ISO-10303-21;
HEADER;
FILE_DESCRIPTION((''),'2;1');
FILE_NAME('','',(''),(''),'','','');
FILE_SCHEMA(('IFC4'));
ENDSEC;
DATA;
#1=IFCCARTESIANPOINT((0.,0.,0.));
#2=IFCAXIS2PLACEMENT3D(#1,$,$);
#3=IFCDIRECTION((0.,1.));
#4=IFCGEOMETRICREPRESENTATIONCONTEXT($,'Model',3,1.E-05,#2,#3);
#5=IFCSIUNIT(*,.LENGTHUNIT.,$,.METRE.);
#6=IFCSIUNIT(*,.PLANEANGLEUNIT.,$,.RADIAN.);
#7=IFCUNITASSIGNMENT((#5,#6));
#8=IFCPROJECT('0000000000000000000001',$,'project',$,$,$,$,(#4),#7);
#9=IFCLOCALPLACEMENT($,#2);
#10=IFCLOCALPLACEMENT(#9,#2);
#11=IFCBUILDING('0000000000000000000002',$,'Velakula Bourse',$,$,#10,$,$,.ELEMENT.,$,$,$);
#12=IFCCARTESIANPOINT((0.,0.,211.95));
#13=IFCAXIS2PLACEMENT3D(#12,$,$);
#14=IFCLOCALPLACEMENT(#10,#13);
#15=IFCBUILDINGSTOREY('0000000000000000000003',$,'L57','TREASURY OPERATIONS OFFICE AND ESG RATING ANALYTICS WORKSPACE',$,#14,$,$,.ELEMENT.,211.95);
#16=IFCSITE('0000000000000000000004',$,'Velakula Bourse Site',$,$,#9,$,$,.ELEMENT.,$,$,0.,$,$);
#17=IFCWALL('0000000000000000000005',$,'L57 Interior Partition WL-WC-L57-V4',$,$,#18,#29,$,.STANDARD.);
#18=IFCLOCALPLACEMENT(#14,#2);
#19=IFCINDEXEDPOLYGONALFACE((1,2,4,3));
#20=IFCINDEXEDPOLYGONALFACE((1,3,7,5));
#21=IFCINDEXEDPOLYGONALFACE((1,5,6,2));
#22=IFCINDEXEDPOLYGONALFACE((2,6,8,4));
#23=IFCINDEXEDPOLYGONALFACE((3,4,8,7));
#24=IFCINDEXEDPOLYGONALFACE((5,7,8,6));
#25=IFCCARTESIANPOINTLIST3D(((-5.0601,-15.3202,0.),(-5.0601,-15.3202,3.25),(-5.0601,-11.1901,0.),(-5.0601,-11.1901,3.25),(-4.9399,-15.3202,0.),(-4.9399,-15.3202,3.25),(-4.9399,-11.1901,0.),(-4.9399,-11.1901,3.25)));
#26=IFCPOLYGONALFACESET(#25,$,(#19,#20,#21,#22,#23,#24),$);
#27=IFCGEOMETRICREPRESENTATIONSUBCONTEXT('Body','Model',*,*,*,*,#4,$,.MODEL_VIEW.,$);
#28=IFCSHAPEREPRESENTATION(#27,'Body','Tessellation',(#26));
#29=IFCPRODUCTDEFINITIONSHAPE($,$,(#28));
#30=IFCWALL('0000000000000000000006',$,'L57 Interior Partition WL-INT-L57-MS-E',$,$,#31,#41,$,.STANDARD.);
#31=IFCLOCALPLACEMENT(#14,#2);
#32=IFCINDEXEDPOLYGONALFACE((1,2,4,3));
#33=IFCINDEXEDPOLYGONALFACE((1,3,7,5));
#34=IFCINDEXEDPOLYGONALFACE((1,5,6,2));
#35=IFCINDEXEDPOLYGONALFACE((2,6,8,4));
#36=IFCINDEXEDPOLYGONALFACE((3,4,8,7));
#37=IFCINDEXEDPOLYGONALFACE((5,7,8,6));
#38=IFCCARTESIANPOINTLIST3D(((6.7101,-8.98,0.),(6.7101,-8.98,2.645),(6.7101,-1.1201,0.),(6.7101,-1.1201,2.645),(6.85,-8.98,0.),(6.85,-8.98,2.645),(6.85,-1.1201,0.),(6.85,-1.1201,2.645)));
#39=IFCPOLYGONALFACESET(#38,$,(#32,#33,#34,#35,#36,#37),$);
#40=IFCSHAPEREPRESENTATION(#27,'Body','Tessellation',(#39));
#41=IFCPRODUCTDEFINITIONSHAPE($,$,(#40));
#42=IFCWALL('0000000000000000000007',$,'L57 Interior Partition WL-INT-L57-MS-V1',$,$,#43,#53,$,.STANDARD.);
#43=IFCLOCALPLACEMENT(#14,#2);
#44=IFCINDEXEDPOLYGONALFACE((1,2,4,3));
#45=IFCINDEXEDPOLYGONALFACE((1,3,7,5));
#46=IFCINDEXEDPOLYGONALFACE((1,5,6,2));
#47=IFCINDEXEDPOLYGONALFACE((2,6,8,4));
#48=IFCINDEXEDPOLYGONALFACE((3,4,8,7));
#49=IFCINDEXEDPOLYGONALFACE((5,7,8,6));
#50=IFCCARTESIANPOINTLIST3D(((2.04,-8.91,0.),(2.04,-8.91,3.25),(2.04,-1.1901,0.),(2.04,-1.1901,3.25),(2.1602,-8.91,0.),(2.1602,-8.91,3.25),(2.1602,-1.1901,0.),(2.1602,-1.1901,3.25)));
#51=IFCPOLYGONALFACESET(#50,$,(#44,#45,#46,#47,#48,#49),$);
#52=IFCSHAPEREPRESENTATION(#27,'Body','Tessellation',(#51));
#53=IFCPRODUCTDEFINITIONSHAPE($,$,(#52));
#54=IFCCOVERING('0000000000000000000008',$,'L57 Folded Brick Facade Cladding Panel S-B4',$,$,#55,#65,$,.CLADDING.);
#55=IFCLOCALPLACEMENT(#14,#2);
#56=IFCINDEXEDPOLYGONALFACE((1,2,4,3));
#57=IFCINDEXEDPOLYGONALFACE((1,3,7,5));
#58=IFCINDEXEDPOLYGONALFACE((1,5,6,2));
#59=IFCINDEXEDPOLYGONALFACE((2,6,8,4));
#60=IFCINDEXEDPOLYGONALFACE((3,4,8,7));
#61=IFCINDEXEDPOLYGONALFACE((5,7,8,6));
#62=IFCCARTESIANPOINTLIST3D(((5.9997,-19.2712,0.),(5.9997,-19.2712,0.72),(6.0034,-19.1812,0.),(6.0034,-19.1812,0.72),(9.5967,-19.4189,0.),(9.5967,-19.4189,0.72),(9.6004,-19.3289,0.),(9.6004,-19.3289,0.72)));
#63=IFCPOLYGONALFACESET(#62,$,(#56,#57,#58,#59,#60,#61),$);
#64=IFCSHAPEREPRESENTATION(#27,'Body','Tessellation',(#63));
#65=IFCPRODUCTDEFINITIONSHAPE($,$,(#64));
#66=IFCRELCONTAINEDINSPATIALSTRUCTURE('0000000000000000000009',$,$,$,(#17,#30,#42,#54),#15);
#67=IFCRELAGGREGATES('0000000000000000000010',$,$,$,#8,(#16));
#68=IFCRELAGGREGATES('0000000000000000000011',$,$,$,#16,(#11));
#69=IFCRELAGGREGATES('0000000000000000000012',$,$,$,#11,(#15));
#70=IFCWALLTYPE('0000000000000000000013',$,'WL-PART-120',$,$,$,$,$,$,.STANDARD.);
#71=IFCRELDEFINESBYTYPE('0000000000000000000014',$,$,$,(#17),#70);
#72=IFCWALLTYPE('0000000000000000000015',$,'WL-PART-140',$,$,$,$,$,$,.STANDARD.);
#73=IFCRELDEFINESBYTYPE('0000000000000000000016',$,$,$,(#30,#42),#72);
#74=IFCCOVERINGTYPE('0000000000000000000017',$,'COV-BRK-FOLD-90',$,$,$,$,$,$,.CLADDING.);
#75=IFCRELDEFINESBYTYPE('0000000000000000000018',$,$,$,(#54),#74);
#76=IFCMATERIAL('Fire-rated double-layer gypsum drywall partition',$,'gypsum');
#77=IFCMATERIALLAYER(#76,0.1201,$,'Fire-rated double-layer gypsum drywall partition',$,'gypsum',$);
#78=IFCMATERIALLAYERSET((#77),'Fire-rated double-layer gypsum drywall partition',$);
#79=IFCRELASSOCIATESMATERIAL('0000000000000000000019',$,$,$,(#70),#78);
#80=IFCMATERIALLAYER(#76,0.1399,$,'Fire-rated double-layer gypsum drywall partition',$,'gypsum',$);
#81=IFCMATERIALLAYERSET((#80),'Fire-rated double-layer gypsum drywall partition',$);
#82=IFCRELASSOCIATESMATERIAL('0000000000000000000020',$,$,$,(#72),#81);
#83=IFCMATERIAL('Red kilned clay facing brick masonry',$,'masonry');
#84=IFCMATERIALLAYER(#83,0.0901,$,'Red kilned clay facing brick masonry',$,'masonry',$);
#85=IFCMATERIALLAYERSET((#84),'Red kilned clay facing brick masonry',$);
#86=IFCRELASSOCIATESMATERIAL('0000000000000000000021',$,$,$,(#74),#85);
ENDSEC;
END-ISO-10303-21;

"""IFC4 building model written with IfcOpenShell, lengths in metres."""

from ifc_helpers import new_model, si_unit, direction, frame, frame_2d, origin, origin_2d, place, context, subcontext, project, spatial, rectangle, extrude, material, layer, layer_set, type_object, element, save


model = new_model("IFC4")

# Units and contexts
model_context = context("Model", 3, precision=1e-05, world=origin(), true_north=direction((0.0, 1.0)))
body_context = subcontext(model_context, "Body", "Model", "MODEL_VIEW")
ifc_project = project(units=[si_unit("LENGTHUNIT", "METRE"), si_unit("PLANEANGLEUNIT", "RADIAN")], contexts=[model_context])

# Site, building, storey
site_placement = place(None, origin())
site = spatial("IfcSite", under=ifc_project, at=site_placement, Name="Velakula Bourse Site", CompositionType="ELEMENT", RefElevation=0.0)
building_placement = place(site_placement, origin())
building = spatial("IfcBuilding", under=site, at=building_placement, Name="Velakula Bourse", CompositionType="ELEMENT")
storey_placement = place(building_placement, frame((0.0, 0.0, 211.95)))
storey = spatial("IfcBuildingStorey", under=building, at=storey_placement, Name="L57", Description="TREASURY OPERATIONS OFFICE AND ESG RATING ANALYTICS WORKSPACE", CompositionType="ELEMENT", Elevation=211.95)

# Walls
ifc_material_1 = material(Name="Fire-rated double-layer gypsum drywall partition", Category="gypsum")
ifc_layer_1 = layer(ifc_material_1, 0.1201, Name="Fire-rated double-layer gypsum drywall partition", Category="gypsum")
ifc_layer_set_1 = layer_set([ifc_layer_1], Name="Fire-rated double-layer gypsum drywall partition")
wall_type_1 = type_object("IfcWallType", Name="WL-PART-120", PredefinedType="STANDARD", material=ifc_layer_set_1)
wall_1_placement = place(storey_placement, frame((-5.0, -15.3201, 0.0), z_axis=(0.0, 0.0, 1.0), x_axis=(0.0, 1.0, 0.0)))
element("IfcWall", 1, at=wall_1_placement, inside=storey, type_object=wall_type_1, Name="L57 Interior Partition WL-WC-L57-V4", PredefinedType="STANDARD", context=body_context, shape_type="SweptSolid", body=[
    extrude(rectangle(XDim=4.1301, YDim=0.1201, at=frame_2d((2.0649, 0.0))), origin(), (0.0, 0.0, 1.0), 3.25),
])
ifc_layer_2 = layer(ifc_material_1, 0.1399, Name="Fire-rated double-layer gypsum drywall partition", Category="gypsum")
ifc_layer_set_2 = layer_set([ifc_layer_2], Name="Fire-rated double-layer gypsum drywall partition")
wall_type_2 = type_object("IfcWallType", Name="WL-PART-140", PredefinedType="STANDARD", material=ifc_layer_set_2)
wall_2_placement = place(storey_placement, frame((6.78, -8.98, 0.0), z_axis=(0.0, 0.0, 1.0), x_axis=(0.0, 1.0, 0.0)))
element("IfcWall", 2, at=wall_2_placement, inside=storey, type_object=wall_type_2, Name="L57 Interior Partition WL-INT-L57-MS-E", PredefinedType="STANDARD", context=body_context, shape_type="SweptSolid", body=[
    extrude(rectangle(XDim=7.8599, YDim=0.1399, at=frame_2d((3.9299, 0.0))), origin(), (0.0, 0.0, 1.0), 2.645),
])
wall_3_placement = place(storey_placement, frame((2.1001, -8.9099, 0.0), z_axis=(0.0, 0.0, 1.0), x_axis=(0.0, 1.0, 0.0)))
element("IfcWall", 3, at=wall_3_placement, inside=storey, type_object=wall_type_2, Name="L57 Interior Partition WL-INT-L57-MS-V1", PredefinedType="STANDARD", context=body_context, shape_type="SweptSolid", body=[
    extrude(rectangle(XDim=7.72, YDim=0.1201, at=frame_2d((3.8599, 0.0))), origin(), (0.0, 0.0, 1.0), 3.25),
])

# Covering
ifc_material_2 = material(Name="Red kilned clay facing brick masonry", Category="masonry")
ifc_layer_3 = layer(ifc_material_2, 0.0901, Name="Red kilned clay facing brick masonry", Category="masonry")
ifc_layer_set_3 = layer_set([ifc_layer_3], Name="Red kilned clay facing brick masonry")
covering_type = type_object("IfcCoveringType", Name="COV-BRK-FOLD-90", PredefinedType="CLADDING", material=ifc_layer_set_3)
covering_placement = place(storey_placement, frame((7.8, -19.3, 0.0), z_axis=(0.0, 0.0, 1.0), x_axis=(0.999159, -0.041004, 0.0)))
element("IfcCovering", 4, at=covering_placement, inside=storey, type_object=covering_type, Name="L57 Folded Brick Facade Cladding Panel S-B4", PredefinedType="CLADDING", context=body_context, shape_type="SweptSolid", body=[
    extrude(rectangle(XDim=3.6001, YDim=0.0901, at=origin_2d()), origin(), (0.0, 0.0, 1.0), 0.72),
])

save(model, "model.ifc")
